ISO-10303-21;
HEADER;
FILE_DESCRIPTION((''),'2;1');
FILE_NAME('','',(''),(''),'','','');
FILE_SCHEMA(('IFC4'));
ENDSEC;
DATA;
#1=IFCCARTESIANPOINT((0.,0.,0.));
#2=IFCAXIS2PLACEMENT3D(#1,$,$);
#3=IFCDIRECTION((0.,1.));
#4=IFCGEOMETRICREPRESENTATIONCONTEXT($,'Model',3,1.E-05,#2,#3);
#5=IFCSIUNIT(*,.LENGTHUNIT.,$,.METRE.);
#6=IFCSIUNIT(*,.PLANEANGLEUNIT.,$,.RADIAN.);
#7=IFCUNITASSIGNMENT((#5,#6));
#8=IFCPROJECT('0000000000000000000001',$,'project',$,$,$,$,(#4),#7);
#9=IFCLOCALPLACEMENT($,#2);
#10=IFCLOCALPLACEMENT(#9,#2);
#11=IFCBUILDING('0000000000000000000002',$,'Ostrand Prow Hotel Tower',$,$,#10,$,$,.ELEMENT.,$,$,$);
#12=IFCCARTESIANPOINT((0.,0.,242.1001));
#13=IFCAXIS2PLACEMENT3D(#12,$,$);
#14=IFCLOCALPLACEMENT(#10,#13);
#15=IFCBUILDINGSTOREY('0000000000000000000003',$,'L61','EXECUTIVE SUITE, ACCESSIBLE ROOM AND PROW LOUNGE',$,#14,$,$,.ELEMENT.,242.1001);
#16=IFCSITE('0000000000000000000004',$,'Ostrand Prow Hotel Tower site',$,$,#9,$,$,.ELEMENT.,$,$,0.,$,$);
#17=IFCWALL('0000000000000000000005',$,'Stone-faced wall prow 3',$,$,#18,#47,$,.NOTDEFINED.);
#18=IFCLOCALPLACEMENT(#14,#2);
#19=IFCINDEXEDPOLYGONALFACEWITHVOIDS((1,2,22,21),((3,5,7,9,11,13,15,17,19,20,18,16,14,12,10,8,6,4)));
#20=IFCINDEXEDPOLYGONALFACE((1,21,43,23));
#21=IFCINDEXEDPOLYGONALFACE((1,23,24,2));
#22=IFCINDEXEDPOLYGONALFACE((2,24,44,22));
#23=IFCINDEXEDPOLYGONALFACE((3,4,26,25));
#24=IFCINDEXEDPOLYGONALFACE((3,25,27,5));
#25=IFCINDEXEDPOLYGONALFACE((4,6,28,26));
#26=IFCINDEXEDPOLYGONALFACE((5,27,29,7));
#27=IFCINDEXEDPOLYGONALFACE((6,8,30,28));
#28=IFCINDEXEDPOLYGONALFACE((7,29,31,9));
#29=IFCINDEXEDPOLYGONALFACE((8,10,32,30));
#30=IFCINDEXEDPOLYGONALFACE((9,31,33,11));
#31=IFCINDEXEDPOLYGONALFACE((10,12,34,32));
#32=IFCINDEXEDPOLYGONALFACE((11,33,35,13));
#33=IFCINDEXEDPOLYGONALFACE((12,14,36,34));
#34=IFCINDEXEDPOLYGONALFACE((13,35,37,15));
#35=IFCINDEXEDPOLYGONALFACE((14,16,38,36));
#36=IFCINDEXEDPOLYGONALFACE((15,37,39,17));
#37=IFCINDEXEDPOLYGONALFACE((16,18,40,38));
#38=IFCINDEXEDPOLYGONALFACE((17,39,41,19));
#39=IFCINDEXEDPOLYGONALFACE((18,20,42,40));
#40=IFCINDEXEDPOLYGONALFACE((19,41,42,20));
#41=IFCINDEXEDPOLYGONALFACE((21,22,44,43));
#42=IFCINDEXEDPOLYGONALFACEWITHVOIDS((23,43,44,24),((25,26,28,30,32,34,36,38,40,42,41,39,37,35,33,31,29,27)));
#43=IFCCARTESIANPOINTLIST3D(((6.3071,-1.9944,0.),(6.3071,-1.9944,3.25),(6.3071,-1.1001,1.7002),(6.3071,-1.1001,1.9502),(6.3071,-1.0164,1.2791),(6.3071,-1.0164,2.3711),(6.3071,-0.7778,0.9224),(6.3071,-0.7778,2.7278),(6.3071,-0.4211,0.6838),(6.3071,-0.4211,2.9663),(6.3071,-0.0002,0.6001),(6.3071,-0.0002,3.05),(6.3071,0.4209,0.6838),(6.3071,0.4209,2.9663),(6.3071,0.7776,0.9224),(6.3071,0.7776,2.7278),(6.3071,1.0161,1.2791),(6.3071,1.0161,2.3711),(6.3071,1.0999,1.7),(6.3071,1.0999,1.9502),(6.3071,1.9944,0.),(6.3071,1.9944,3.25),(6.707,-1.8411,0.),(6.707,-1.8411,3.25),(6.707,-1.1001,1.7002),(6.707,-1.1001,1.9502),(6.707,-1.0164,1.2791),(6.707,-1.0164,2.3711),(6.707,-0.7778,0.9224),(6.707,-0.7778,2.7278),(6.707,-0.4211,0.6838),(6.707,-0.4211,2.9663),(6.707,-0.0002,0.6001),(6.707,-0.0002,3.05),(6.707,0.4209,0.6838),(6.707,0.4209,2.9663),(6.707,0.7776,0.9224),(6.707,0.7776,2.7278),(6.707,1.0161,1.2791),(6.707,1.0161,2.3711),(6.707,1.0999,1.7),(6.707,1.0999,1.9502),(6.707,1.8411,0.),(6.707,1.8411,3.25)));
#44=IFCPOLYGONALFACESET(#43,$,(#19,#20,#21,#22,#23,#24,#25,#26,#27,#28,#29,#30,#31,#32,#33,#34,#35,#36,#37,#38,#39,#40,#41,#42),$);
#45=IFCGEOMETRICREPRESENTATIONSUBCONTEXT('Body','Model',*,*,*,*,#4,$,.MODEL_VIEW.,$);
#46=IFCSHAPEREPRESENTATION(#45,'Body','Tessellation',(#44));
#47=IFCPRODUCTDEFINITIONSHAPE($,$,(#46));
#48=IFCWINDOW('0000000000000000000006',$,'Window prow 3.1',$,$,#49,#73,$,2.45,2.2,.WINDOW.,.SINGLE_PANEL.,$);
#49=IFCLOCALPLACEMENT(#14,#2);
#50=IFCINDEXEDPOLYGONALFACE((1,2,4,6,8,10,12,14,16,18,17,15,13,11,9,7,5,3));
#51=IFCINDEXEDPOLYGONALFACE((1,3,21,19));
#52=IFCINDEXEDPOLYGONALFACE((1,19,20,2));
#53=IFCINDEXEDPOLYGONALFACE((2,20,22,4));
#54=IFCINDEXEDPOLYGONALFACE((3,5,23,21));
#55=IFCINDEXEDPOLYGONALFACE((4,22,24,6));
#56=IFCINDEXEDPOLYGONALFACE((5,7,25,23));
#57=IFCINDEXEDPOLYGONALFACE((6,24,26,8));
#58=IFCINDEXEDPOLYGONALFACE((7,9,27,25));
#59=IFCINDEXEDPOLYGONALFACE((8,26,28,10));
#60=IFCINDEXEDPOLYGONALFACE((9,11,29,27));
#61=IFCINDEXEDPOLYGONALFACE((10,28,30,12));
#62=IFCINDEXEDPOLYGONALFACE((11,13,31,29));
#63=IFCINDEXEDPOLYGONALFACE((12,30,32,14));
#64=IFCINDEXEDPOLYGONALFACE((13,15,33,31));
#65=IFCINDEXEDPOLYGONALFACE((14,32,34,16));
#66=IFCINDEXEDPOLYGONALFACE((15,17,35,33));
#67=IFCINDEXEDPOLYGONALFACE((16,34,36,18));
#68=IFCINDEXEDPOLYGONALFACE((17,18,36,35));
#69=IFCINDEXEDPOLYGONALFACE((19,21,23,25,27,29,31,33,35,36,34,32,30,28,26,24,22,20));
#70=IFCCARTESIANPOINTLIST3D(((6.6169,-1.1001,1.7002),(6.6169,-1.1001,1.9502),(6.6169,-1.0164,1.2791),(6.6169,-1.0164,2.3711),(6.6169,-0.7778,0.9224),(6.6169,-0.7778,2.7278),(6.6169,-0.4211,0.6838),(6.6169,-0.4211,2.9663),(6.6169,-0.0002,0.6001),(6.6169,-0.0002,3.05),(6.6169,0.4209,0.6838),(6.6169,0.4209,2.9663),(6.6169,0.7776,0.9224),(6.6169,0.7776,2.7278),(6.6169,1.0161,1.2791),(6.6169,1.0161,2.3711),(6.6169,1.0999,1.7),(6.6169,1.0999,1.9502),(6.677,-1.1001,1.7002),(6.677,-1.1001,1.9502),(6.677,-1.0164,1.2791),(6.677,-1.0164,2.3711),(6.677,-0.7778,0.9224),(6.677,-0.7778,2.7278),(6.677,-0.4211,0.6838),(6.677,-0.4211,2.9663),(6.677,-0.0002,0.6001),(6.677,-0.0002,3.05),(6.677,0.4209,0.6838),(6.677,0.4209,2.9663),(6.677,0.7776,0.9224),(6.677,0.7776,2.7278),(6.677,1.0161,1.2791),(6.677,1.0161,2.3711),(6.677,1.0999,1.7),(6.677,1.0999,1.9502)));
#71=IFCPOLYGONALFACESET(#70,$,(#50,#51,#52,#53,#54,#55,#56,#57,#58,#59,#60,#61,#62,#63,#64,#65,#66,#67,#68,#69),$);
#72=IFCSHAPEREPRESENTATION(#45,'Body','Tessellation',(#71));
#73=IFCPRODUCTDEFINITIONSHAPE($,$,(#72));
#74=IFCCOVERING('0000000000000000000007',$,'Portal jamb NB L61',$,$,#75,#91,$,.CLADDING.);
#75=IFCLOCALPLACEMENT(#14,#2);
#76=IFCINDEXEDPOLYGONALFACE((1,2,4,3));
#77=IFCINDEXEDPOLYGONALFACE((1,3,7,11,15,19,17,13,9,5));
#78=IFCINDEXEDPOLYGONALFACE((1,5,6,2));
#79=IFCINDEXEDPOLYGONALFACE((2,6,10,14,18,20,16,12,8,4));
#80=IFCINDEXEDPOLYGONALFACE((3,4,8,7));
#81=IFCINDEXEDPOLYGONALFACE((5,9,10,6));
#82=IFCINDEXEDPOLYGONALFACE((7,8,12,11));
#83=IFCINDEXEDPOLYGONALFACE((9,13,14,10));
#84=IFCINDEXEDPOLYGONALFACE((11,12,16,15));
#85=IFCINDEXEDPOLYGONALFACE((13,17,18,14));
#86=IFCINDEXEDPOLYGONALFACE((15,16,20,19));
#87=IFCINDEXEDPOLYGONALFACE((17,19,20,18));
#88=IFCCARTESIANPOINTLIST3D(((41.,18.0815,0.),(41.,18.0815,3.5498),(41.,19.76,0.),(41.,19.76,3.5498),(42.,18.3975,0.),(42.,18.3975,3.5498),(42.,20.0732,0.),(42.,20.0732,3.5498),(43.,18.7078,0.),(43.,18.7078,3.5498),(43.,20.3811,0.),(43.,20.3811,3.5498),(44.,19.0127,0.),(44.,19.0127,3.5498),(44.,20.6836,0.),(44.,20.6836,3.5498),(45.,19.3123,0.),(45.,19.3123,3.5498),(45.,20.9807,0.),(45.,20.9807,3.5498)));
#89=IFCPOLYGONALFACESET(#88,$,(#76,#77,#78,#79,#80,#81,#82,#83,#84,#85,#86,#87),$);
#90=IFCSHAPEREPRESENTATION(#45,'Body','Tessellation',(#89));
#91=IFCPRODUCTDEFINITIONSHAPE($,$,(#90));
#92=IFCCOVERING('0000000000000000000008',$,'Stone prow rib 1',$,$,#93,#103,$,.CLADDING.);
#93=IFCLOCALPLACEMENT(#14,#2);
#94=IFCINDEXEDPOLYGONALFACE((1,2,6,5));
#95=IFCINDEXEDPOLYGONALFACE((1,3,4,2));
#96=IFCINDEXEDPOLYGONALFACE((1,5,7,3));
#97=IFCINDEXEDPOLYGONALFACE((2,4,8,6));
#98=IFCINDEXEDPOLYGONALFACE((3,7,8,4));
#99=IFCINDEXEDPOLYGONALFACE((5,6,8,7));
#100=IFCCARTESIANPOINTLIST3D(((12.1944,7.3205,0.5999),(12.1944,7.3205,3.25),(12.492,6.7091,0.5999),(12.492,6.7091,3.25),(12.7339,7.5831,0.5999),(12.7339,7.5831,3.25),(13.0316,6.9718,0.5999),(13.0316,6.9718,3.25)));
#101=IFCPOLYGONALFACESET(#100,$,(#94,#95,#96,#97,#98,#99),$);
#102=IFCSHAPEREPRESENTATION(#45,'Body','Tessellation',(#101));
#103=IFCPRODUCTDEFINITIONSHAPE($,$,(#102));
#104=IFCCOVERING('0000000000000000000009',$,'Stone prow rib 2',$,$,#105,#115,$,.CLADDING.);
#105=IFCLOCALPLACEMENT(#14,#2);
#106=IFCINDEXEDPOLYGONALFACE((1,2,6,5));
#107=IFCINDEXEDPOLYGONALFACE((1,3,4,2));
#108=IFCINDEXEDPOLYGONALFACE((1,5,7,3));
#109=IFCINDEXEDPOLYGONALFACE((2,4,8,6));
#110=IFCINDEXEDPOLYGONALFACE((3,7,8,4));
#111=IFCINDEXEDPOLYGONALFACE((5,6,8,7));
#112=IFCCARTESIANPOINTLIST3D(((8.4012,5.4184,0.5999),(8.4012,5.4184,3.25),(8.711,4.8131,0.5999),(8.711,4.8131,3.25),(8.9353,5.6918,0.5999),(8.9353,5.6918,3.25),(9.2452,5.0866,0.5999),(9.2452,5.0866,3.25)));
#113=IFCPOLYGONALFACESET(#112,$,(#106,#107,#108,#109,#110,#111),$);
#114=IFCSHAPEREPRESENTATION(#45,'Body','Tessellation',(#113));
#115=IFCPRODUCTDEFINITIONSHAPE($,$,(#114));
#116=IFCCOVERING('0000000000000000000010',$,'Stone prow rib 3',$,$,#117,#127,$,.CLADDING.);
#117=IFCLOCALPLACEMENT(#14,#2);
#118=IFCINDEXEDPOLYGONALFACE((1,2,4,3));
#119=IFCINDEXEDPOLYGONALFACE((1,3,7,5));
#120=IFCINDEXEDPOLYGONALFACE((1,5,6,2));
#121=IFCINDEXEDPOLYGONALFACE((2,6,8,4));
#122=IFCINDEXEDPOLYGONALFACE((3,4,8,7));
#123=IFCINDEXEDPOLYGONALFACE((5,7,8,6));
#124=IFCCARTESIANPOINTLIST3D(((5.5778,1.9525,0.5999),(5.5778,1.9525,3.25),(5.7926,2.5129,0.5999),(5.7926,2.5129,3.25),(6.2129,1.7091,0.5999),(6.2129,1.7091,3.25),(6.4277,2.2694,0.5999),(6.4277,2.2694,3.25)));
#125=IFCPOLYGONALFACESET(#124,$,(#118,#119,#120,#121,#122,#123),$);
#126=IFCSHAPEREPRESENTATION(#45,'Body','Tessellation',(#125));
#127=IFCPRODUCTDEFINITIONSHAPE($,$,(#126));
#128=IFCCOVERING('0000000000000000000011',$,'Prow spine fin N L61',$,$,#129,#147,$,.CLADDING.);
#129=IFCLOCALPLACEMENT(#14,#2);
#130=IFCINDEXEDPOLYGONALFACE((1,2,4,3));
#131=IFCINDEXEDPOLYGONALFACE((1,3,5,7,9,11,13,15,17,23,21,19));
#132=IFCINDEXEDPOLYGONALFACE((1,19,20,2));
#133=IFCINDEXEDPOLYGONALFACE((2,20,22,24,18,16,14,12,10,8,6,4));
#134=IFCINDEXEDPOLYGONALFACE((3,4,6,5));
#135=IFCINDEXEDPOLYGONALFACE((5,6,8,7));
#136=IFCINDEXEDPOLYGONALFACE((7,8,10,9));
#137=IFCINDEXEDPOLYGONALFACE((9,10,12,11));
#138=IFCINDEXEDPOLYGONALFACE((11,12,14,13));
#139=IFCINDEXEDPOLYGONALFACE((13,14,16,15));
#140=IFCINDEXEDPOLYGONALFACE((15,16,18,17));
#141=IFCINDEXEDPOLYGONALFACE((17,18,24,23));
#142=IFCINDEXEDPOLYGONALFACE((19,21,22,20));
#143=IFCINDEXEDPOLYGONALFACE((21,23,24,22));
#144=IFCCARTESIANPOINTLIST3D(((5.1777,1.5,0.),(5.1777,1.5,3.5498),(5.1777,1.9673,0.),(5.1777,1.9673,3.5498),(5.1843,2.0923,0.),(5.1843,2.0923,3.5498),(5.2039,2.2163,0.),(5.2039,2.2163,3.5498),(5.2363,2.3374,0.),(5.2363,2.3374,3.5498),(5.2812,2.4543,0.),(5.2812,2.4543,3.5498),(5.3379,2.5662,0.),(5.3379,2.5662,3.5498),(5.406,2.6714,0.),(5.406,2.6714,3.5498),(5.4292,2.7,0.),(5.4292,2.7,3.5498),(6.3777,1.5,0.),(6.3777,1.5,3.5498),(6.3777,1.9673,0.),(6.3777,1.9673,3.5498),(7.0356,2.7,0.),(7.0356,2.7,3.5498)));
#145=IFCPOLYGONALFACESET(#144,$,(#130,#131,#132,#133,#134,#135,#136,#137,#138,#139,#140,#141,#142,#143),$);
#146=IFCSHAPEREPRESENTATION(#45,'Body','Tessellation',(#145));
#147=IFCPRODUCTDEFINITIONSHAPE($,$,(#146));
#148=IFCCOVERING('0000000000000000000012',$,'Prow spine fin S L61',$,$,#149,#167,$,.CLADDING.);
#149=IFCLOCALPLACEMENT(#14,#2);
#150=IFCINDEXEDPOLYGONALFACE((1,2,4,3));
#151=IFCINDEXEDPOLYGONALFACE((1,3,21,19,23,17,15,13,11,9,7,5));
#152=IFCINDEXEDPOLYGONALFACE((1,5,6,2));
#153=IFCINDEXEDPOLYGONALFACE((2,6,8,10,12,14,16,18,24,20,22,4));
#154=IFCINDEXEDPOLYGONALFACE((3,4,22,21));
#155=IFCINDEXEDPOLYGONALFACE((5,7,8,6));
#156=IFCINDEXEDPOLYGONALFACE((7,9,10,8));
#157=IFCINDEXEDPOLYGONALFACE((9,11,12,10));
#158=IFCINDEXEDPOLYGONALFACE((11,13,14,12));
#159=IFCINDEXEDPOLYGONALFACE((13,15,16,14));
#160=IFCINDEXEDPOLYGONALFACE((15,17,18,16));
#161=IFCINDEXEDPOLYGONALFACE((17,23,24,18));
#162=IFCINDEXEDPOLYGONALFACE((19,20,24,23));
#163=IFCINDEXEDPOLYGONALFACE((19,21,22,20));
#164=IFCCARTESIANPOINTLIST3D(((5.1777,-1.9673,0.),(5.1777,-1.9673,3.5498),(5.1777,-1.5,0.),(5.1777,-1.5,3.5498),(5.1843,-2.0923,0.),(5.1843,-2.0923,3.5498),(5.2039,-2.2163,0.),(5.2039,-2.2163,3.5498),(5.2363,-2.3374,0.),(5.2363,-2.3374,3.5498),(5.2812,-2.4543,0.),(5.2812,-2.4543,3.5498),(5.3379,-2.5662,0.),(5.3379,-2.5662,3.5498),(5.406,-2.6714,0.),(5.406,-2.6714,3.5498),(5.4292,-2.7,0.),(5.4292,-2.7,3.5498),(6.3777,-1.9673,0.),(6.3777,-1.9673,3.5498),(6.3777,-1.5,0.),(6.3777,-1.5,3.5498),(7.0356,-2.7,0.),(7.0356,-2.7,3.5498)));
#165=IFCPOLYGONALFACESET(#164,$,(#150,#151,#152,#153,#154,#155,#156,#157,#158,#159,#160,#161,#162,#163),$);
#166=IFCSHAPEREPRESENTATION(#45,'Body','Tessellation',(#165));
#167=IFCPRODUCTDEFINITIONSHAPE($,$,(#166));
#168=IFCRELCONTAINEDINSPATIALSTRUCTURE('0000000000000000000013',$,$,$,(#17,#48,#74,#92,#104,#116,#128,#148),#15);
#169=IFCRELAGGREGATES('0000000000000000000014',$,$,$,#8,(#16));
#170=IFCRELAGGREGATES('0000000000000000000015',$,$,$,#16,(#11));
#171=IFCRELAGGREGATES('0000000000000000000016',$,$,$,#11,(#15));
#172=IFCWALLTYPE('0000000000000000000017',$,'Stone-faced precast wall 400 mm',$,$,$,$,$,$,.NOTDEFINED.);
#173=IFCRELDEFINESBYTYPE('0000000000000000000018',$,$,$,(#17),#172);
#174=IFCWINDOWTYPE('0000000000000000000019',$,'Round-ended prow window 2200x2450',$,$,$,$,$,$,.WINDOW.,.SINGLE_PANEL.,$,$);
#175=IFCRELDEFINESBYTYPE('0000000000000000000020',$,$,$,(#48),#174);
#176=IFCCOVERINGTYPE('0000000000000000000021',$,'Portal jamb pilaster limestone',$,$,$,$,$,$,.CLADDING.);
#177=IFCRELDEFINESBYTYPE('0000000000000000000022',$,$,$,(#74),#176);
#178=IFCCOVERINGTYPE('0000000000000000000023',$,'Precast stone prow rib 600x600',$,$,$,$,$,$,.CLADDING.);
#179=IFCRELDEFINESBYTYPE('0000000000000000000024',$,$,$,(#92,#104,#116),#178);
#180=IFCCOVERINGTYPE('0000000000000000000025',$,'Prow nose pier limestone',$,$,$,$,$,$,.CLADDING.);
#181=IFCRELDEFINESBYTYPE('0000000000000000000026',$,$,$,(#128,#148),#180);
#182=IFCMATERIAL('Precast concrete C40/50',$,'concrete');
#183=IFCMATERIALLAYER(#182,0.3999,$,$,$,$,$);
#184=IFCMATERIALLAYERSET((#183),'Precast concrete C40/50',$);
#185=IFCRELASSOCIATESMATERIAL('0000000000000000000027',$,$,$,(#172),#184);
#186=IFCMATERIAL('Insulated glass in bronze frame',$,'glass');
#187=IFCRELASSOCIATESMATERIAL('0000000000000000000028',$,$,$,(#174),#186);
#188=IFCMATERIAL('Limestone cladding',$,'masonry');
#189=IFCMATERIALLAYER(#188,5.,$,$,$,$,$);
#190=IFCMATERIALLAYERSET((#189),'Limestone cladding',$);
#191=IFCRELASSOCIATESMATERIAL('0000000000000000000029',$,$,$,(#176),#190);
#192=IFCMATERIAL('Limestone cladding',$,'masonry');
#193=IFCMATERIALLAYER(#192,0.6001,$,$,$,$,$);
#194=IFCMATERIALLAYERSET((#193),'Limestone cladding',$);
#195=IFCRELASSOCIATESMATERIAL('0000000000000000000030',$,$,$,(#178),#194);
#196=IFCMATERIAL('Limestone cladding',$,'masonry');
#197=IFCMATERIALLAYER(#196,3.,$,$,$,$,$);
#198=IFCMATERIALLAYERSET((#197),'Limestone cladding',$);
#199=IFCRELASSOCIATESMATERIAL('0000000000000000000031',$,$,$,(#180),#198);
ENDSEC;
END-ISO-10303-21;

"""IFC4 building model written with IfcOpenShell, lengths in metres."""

from ifc_helpers import new_model, si_unit, direction, frame, frame_2d, origin, place, context, subcontext, project, spatial, polyline, rectangle, outline, extrude, material, layer, layer_set, type_object, element, fill, save


model = new_model("IFC4")

# Units and contexts
model_context = context("Model", 3, precision=1e-05, world=origin(), true_north=direction((0.0, 1.0)))
body_context = subcontext(model_context, "Body", "Model", "MODEL_VIEW")
ifc_project = project(units=[si_unit("LENGTHUNIT", "METRE"), si_unit("PLANEANGLEUNIT", "RADIAN")], contexts=[model_context])

# Site, building, storey
site_placement = place(None, origin())
site = spatial("IfcSite", under=ifc_project, at=site_placement, Name="Ostrand Prow Hotel Tower site", CompositionType="ELEMENT", RefElevation=0.0)
building_placement = place(site_placement, origin())
building = spatial("IfcBuilding", under=site, at=building_placement, Name="Ostrand Prow Hotel Tower", CompositionType="ELEMENT")
storey_placement = place(building_placement, frame((0.0, 0.0, 242.1001)))
storey = spatial("IfcBuildingStorey", under=building, at=storey_placement, Name="L61", Description="EXECUTIVE SUITE, ACCESSIBLE ROOM AND PROW LOUNGE", CompositionType="ELEMENT", Elevation=242.1001)

# Wall, opening, window
ifc_material_1 = material(Name="Precast concrete C40/50", Category="concrete")
ifc_layer_1 = layer(ifc_material_1, 0.3999)
ifc_layer_set_1 = layer_set([ifc_layer_1], Name="Precast concrete C40/50")
wall_type_1 = type_object("IfcWallType", Name="Stone-faced precast wall 400 mm", PredefinedType="NOTDEFINED", material=ifc_layer_set_1)
ifc_material_2 = material(Name="Insulated glass in bronze frame", Category="glass")
window_type = type_object("IfcWindowType", Name="Round-ended prow window 2200x2450", PartitioningType="SINGLE_PANEL", PredefinedType="WINDOW", material=ifc_material_2)
wall_1_placement = place(storey_placement, frame((6.5071, 1.9177, 0.0), z_axis=(0.0, 0.0, 1.0), x_axis=(0.0, -1.0, 0.0)))
wall_1 = element("IfcWall", 1, at=wall_1_placement, inside=storey, type_object=wall_type_1, Name="Stone-faced wall prow 3", PredefinedType="NOTDEFINED", context=body_context, shape_type="SweptSolid", body=[
    extrude(outline(polyline([(-0.0767, -0.2), (3.9121, -0.2), (3.7588, 0.2), (0.0767, 0.2), (-0.0767, -0.2)])), origin(), (0.0, 0.0, 1.0), 3.25),
])
opening_1_placement = place(wall_1_placement, frame((0.8179, 0.0, 0.6001)))
opening_1 = element("IfcOpeningElement", 2, at=opening_1_placement, cuts=wall_1, PredefinedType="OPENING", context=body_context, shape_type="SweptSolid", body=[
    extrude(outline(polyline([(0.0, 1.3501), (0.0837, 1.771), (0.3223, 2.1277), (0.679, 2.3662), (1.1001, 2.45), (1.521, 2.3662), (1.8777, 2.1277), (2.1162, 1.771), (2.2, 1.3501), (2.2, 1.1001), (2.1162, 0.679), (1.8777, 0.3223), (1.521, 0.0837), (1.1001, 0.0), (0.679, 0.0837), (0.3223, 0.3223), (0.0837, 0.679), (0.0, 1.0999), (0.0, 1.3501)])), frame((0.0, 0.21, 0.0), z_axis=(0.0, -1.0, 0.0), x_axis=(1.0, 0.0, 0.0)), (0.0, 0.0, 1.0), 0.4199),
])
window_1_placement = place(opening_1_placement, origin())
window_1 = element("IfcWindow", 3, at=window_1_placement, inside=storey, type_object=window_type, Name="Window prow 3.1", OverallHeight=2.45, OverallWidth=2.2, PartitioningType="SINGLE_PANEL", PredefinedType="WINDOW", context=body_context, shape_type="SweptSolid", body=[
    extrude(outline(polyline([(0.0, 1.3501), (0.0837, 1.771), (0.3223, 2.1277), (0.679, 2.3662), (1.1001, 2.45), (1.521, 2.3662), (1.8777, 2.1277), (2.1162, 1.771), (2.2, 1.3501), (2.2, 1.1001), (2.1162, 0.679), (1.8777, 0.3223), (1.521, 0.0837), (1.1001, 0.0), (0.679, 0.0837), (0.3223, 0.3223), (0.0837, 0.679), (0.0, 1.0999), (0.0, 1.3501)])), frame((0.0, 0.1699, 0.0), z_axis=(0.0, -1.0, 0.0), x_axis=(1.0, 0.0, 0.0)), (0.0, 0.0, 1.0), 0.0601),
])
fill(opening_1, window_1)

# Coverings
ifc_material_3 = material(Name="Limestone cladding", Category="masonry")
ifc_layer_2 = layer(ifc_material_3, 5.0)
ifc_layer_set_2 = layer_set([ifc_layer_2], Name="Limestone cladding")
covering_type_1 = type_object("IfcCoveringType", Name="Portal jamb pilaster limestone", PredefinedType="CLADDING", material=ifc_layer_set_2)
covering_1_placement = place(storey_placement, origin())
element("IfcCovering", 4, at=covering_1_placement, inside=storey, type_object=covering_type_1, Name="Portal jamb NB L61", PredefinedType="CLADDING", context=body_context, shape_type="SweptSolid", body=[
    extrude(outline(polyline([(41.0, 18.0815), (42.0, 18.3975), (43.0, 18.7078), (44.0, 19.0127), (45.0, 19.3123), (45.0, 20.9807), (44.0, 20.6836), (43.0, 20.3811), (42.0, 20.0732), (41.0, 19.76), (41.0, 18.0815)])), origin(), (0.0, 0.0, 1.0), 3.5498),
])
ifc_material_4 = material(Name="Limestone cladding", Category="masonry")
ifc_layer_3 = layer(ifc_material_4, 0.6001)
ifc_layer_set_3 = layer_set([ifc_layer_3], Name="Limestone cladding")
covering_type_2 = type_object("IfcCoveringType", Name="Precast stone prow rib 600x600", PredefinedType="CLADDING", material=ifc_layer_set_3)
for number, where, z_axis, x_axis, name in (
    (5, (12.7617, 6.8406, 0.5999), (0.0, 0.0, 1.0), (-0.437709, 0.899117, 0.0), "Stone prow rib 1"),
    (6, (8.978, 4.95, 0.5999), (0.0, 0.0, 1.0), (-0.455668, 0.89015, 0.0), "Stone prow rib 2"),
):
    element("IfcCovering", number, at=place(storey_placement, frame(where, z_axis=z_axis, x_axis=x_axis)), inside=storey, type_object=covering_type_2, Name=name, PredefinedType="CLADDING", context=body_context, shape_type="SweptSolid", body=[
        extrude(rectangle(XDim=0.6799, YDim=0.6001, at=frame_2d((0.3398, 0.0))), origin(), (0.0, 0.0, 1.0), 2.6501),
    ])
covering_2_placement = place(storey_placement, frame((6.3203, 1.9893, 0.5999), z_axis=(0.0, 0.0, 1.0), x_axis=(-0.933752, 0.35792, 0.0)))
element("IfcCovering", 7, at=covering_2_placement, inside=storey, type_object=covering_type_2, Name="Stone prow rib 3", PredefinedType="CLADDING", context=body_context, shape_type="SweptSolid", body=[
    extrude(rectangle(XDim=0.6802, YDim=0.6001, at=frame_2d((0.3401, 0.0))), origin(), (0.0, 0.0, 1.0), 2.6501),
])
ifc_material_5 = material(Name="Limestone cladding", Category="masonry")
ifc_layer_4 = layer(ifc_material_5, 3.0)
ifc_layer_set_4 = layer_set([ifc_layer_4], Name="Limestone cladding")
covering_type_3 = type_object("IfcCoveringType", Name="Prow nose pier limestone", PredefinedType="CLADDING", material=ifc_layer_set_4)
covering_3_placement = place(storey_placement, origin())
element("IfcCovering", 8, at=covering_3_placement, inside=storey, type_object=covering_type_3, Name="Prow spine fin N L61", PredefinedType="CLADDING", context=body_context, shape_type="SweptSolid", body=[
    extrude(outline(polyline([(5.1777, 1.9673), (5.1777, 1.5), (6.3777, 1.5), (6.3777, 1.9673), (7.0356, 2.7), (5.4292, 2.7), (5.406, 2.6714), (5.3379, 2.5662), (5.2812, 2.4543), (5.2363, 2.3374), (5.2039, 2.2163), (5.1843, 2.0923), (5.1777, 1.9673)])), origin(), (0.0, 0.0, 1.0), 3.5498),
])
covering_4_placement = place(storey_placement, origin())
element("IfcCovering", 9, at=covering_4_placement, inside=storey, type_object=covering_type_3, Name="Prow spine fin S L61", PredefinedType="CLADDING", context=body_context, shape_type="SweptSolid", body=[
    extrude(outline(polyline([(5.406, -2.6714), (5.4292, -2.7), (7.0356, -2.7), (6.3777, -1.9673), (6.3777, -1.5), (5.1777, -1.5), (5.1777, -1.9673), (5.1843, -2.0923), (5.2039, -2.2163), (5.2363, -2.3374), (5.2812, -2.4543), (5.3379, -2.5662), (5.406, -2.6714)])), origin(), (0.0, 0.0, 1.0), 3.5498),
])

save(model, "model.ifc")
